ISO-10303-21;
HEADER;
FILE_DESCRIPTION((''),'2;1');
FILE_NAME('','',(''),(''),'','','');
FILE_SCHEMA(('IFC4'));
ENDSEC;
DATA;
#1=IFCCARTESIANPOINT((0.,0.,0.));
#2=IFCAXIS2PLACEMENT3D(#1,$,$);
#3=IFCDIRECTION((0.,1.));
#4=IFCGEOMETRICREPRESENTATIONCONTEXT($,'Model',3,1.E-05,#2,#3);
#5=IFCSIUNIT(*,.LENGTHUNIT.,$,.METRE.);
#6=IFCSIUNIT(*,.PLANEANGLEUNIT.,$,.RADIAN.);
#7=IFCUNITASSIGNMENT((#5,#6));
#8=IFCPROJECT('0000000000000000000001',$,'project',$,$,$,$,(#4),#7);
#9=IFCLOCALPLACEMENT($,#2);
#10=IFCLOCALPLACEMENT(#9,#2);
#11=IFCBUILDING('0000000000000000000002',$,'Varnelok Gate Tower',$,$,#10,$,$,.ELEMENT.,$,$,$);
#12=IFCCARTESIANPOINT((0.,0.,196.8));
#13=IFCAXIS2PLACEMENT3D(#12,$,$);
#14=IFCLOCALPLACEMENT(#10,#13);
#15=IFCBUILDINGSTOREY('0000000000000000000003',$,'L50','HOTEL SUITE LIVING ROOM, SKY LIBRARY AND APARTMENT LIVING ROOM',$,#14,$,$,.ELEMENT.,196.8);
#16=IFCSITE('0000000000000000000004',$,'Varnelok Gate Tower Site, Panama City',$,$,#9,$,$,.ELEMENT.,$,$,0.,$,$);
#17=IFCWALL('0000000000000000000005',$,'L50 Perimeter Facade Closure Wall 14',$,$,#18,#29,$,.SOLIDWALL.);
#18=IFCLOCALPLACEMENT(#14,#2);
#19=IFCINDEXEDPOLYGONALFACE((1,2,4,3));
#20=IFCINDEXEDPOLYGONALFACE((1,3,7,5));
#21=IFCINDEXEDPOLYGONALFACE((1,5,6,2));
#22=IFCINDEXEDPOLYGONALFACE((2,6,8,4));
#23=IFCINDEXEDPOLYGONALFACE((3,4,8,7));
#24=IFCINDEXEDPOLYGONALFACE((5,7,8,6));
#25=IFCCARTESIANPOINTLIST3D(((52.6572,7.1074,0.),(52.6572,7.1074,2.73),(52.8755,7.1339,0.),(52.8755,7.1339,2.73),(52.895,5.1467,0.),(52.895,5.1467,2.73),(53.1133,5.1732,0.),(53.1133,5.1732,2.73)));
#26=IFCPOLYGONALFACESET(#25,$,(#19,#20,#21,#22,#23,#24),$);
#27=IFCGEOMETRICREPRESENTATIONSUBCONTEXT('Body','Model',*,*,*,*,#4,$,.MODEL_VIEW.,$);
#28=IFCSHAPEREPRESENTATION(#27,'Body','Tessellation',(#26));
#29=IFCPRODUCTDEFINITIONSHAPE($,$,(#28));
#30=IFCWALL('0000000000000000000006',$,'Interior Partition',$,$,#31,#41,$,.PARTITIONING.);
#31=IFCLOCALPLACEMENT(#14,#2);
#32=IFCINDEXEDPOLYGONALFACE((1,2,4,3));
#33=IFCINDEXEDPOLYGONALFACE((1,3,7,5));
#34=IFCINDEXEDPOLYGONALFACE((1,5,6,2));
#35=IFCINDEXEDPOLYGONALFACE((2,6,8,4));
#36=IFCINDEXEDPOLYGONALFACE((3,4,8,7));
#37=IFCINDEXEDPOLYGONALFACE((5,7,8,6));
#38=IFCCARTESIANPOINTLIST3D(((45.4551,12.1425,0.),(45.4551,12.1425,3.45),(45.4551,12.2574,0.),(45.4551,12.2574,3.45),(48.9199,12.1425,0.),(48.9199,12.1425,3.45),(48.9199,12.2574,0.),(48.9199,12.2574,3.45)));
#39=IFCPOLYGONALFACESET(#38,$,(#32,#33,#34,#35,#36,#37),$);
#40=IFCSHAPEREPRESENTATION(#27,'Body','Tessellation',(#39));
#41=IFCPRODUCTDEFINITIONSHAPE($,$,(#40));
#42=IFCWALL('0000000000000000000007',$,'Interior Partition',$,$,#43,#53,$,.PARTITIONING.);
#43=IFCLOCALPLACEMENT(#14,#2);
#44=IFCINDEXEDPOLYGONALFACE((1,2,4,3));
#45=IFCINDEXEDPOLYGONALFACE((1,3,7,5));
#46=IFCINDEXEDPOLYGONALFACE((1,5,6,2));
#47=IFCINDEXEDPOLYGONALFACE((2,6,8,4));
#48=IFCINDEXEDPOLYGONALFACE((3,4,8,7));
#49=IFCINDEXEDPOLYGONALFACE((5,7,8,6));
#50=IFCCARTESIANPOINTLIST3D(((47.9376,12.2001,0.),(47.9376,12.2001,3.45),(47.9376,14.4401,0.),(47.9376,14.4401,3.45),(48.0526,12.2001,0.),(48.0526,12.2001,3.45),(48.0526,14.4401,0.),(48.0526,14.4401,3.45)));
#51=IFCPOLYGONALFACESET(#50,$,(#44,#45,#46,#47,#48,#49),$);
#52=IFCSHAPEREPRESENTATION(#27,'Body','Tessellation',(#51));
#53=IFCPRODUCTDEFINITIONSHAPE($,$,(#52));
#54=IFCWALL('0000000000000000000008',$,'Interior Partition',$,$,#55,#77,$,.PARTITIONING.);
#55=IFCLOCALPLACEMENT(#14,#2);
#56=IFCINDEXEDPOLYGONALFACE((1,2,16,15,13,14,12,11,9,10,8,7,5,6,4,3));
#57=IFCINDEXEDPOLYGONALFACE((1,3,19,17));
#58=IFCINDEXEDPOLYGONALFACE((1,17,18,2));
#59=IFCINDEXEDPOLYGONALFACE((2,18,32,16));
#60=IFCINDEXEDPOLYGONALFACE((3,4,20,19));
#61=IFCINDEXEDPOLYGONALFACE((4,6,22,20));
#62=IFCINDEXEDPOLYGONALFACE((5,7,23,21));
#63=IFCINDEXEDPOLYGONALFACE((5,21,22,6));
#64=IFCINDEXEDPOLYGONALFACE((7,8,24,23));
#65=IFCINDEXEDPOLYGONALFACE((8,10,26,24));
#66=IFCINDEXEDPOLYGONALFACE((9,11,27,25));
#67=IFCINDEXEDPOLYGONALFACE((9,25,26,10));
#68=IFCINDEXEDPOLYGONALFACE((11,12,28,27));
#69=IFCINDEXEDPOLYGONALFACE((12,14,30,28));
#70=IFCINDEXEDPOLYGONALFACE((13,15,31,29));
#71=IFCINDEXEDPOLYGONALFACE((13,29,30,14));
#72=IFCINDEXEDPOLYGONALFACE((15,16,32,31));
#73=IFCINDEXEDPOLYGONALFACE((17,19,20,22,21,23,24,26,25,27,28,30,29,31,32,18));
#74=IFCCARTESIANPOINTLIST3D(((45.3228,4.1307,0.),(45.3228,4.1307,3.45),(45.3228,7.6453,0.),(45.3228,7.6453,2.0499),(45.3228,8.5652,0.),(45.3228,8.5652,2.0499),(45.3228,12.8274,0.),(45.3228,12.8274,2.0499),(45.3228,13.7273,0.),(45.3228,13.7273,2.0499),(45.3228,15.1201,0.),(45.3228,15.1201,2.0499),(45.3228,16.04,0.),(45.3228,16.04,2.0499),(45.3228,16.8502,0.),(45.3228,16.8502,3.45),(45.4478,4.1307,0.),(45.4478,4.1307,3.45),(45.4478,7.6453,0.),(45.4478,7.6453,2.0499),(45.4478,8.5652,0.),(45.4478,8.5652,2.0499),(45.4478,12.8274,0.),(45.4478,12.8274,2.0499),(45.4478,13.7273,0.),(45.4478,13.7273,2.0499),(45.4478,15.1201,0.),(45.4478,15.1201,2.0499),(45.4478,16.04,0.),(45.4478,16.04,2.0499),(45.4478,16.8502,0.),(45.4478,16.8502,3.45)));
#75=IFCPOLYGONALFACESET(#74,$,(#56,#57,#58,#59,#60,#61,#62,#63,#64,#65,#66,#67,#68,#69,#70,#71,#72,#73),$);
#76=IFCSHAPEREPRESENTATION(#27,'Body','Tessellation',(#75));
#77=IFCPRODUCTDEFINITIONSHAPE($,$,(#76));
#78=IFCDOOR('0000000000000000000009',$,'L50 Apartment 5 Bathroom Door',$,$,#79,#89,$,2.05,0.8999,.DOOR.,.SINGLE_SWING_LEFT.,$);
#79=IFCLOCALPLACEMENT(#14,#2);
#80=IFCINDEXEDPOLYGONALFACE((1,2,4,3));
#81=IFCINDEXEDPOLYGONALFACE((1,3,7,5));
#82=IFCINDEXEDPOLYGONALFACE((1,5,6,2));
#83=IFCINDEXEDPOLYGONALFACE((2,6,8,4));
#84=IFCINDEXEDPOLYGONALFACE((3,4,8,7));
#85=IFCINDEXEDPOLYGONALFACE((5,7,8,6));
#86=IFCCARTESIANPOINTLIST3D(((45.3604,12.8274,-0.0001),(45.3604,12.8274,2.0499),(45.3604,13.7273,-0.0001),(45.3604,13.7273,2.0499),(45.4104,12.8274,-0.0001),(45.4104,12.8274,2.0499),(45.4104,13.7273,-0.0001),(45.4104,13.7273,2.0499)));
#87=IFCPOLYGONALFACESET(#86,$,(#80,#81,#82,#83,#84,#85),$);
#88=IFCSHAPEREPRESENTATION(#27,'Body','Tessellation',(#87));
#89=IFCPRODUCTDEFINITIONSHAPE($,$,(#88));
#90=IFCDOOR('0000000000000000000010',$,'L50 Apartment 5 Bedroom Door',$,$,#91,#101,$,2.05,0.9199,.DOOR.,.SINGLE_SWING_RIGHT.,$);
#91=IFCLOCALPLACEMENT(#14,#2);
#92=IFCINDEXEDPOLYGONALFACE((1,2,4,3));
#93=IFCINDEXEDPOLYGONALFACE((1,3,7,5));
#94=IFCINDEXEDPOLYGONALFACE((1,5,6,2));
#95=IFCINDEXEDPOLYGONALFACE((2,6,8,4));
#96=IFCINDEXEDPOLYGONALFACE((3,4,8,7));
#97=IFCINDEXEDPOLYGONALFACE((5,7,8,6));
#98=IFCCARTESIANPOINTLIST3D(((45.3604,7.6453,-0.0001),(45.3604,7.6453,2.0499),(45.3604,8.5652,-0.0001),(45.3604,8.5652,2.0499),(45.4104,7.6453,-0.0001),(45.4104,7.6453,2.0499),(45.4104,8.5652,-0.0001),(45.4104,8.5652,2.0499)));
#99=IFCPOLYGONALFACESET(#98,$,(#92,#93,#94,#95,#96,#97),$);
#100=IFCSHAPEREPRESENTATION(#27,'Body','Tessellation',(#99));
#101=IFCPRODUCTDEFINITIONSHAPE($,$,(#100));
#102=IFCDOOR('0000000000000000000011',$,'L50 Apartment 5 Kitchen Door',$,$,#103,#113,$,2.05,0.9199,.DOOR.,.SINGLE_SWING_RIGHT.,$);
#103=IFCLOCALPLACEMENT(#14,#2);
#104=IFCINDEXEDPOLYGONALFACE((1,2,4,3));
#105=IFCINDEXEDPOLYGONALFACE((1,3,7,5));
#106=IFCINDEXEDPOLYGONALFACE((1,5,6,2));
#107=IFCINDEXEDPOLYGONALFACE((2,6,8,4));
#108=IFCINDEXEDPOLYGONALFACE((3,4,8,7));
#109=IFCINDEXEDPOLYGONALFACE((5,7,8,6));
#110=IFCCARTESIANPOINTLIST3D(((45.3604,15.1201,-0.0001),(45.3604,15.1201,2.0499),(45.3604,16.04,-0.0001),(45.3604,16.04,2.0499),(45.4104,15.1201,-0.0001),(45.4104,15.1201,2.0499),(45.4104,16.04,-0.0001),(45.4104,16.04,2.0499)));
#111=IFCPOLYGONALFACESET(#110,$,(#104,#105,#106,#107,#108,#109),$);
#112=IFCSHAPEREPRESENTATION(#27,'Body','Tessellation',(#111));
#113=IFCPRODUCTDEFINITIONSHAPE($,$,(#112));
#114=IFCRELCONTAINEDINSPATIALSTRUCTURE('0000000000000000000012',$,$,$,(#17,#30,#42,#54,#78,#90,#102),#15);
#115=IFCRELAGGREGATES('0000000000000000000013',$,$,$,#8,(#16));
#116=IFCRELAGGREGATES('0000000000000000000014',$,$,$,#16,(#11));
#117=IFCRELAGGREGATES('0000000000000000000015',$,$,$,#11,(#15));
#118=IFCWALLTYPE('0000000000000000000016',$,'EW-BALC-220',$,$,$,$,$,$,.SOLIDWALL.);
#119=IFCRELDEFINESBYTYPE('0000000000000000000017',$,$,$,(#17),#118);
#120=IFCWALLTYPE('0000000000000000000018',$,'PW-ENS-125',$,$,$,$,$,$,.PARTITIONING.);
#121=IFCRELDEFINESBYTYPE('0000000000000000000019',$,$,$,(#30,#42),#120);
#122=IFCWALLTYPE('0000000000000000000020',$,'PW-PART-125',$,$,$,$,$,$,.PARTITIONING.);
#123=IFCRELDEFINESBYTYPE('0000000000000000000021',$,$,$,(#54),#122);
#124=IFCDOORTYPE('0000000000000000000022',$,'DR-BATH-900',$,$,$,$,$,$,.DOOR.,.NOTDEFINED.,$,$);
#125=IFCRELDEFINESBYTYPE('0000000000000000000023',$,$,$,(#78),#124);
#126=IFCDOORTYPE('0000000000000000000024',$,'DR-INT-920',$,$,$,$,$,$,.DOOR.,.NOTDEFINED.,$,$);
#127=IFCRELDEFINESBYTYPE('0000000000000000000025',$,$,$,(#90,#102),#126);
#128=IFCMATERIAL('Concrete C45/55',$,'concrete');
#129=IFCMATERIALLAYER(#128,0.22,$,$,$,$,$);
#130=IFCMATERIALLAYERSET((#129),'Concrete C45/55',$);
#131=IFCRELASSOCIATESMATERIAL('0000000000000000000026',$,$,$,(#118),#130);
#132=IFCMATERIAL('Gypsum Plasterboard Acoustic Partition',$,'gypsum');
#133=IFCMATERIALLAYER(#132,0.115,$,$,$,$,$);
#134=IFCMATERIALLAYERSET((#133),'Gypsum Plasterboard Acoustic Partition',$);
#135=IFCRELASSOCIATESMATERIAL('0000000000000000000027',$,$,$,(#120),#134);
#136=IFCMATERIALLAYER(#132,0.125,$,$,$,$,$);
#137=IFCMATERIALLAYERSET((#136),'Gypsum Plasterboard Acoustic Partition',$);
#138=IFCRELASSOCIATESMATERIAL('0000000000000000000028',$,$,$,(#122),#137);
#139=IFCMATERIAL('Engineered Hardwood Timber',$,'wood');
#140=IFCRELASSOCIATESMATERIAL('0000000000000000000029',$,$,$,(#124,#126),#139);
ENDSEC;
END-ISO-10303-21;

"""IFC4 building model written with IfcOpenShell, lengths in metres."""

from ifc_helpers import new_model, si_unit, direction, frame, frame_2d, origin, place, context, subcontext, project, spatial, rectangle, extrude, material, layer, layer_set, type_object, element, fill, save


model = new_model("IFC4")

# Units and contexts
model_context = context("Model", 3, precision=1e-05, world=origin(), true_north=direction((0.0, 1.0)))
body_context = subcontext(model_context, "Body", "Model", "MODEL_VIEW")
ifc_project = project(units=[si_unit("LENGTHUNIT", "METRE"), si_unit("PLANEANGLEUNIT", "RADIAN")], contexts=[model_context])

# Site, building, storey
site_placement = place(None, origin())
site = spatial("IfcSite", under=ifc_project, at=site_placement, Name="Varnelok Gate Tower Site, Panama City", CompositionType="ELEMENT", RefElevation=0.0)
building_placement = place(site_placement, origin())
building = spatial("IfcBuilding", under=site, at=building_placement, Name="Varnelok Gate Tower", CompositionType="ELEMENT")
storey_placement = place(building_placement, frame((0.0, 0.0, 196.8)))
storey = spatial("IfcBuildingStorey", under=building, at=storey_placement, Name="L50", Description="HOTEL SUITE LIVING ROOM, SKY LIBRARY AND APARTMENT LIVING ROOM", CompositionType="ELEMENT", Elevation=196.8)

# Shared definitions
ifc_material_1 = material(Name="Concrete C45/55", Category="concrete")
ifc_layer_1 = layer(ifc_material_1, 0.22)
ifc_layer_set_1 = layer_set([ifc_layer_1], Name="Concrete C45/55")
wall_type_1 = type_object("IfcWallType", Name="EW-BALC-220", PredefinedType="SOLIDWALL", material=ifc_layer_set_1)

# Walls
wall_1_placement = place(storey_placement, frame((53.0042, 5.1599, 0.0), z_axis=(0.0, 0.0, 1.0), x_axis=(-0.120398, 0.992726, 0.0)))
element("IfcWall", 1, at=wall_1_placement, inside=storey, type_object=wall_type_1, Name="L50 Perimeter Facade Closure Wall 14", PredefinedType="SOLIDWALL", context=body_context, shape_type="SweptSolid", body=[
    extrude(rectangle(XDim=1.9751, YDim=0.22, at=frame_2d((0.9875, 0.0))), origin(), (0.0, 0.0, 1.0), 2.73),
])
ifc_material_2 = material(Name="Gypsum Plasterboard Acoustic Partition", Category="gypsum")
ifc_layer_2 = layer(ifc_material_2, 0.115)
ifc_layer_set_2 = layer_set([ifc_layer_2], Name="Gypsum Plasterboard Acoustic Partition")
wall_type_2 = type_object("IfcWallType", Name="PW-ENS-125", PredefinedType="PARTITIONING", material=ifc_layer_set_2)
wall_2_placement = place(storey_placement, frame((45.4551, 12.2, 0.0), z_axis=(0.0, 0.0, 1.0), x_axis=(1.0, 0.0, 0.0)))
element("IfcWall", 2, at=wall_2_placement, inside=storey, type_object=wall_type_2, Name="Interior Partition", PredefinedType="PARTITIONING", context=body_context, shape_type="SweptSolid", body=[
    extrude(rectangle(XDim=3.4648, YDim=0.115, at=frame_2d((1.7324, 0.0))), origin(), (0.0, 0.0, 1.0), 3.45),
])
wall_3_placement = place(storey_placement, frame((47.9951, 12.2, 0.0), z_axis=(0.0, 0.0, 1.0), x_axis=(0.0, 1.0, 0.0)))
element("IfcWall", 3, at=wall_3_placement, inside=storey, type_object=wall_type_2, Name="Interior Partition", PredefinedType="PARTITIONING", context=body_context, shape_type="SweptSolid", body=[
    extrude(rectangle(XDim=2.24, YDim=0.115, at=frame_2d((1.1201, 0.0))), origin(), (0.0, 0.0, 1.0), 3.45),
])

# Wall, openings, doors
ifc_layer_3 = layer(ifc_material_2, 0.125)
ifc_layer_set_3 = layer_set([ifc_layer_3], Name="Gypsum Plasterboard Acoustic Partition")
wall_type_3 = type_object("IfcWallType", Name="PW-PART-125", PredefinedType="PARTITIONING", material=ifc_layer_set_3)
wall_4_placement = place(storey_placement, frame((45.3853, 4.1306, 0.0), z_axis=(0.0, 0.0, 1.0), x_axis=(0.0, 1.0, 0.0)))
wall_4 = element("IfcWall", 4, at=wall_4_placement, inside=storey, type_object=wall_type_3, Name="Interior Partition", PredefinedType="PARTITIONING", context=body_context, shape_type="SweptSolid", body=[
    extrude(rectangle(XDim=12.7195, YDim=0.125, at=frame_2d((6.3599, 0.0))), origin(), (0.0, 0.0, 1.0), 3.45),
])
opening_1_placement = place(wall_4_placement, frame((3.5146, 0.0, 0.0)))
opening_1 = element("IfcOpeningElement", 5, at=opening_1_placement, cuts=wall_4, PredefinedType="OPENING", context=body_context, shape_type="SweptSolid", body=[
    extrude(rectangle(XDim=0.9199, YDim=2.05, at=frame_2d((0.46, 1.0249))), frame((0.0, 0.0725, 0.0), z_axis=(0.0, -1.0, 0.0), x_axis=(1.0, 0.0, 0.0)), (0.0, 0.0, 1.0), 0.145),
])
opening_2_placement = place(wall_4_placement, frame((8.6968, 0.0, 0.0)))
opening_2 = element("IfcOpeningElement", 6, at=opening_2_placement, cuts=wall_4, PredefinedType="OPENING", context=body_context, shape_type="SweptSolid", body=[
    extrude(rectangle(XDim=0.8999, YDim=2.05, at=frame_2d((0.45, 1.0249))), frame((0.0, 0.0725, 0.0), z_axis=(0.0, -1.0, 0.0), x_axis=(1.0, 0.0, 0.0)), (0.0, 0.0, 1.0), 0.145),
])
opening_3_placement = place(wall_4_placement, frame((10.9895, 0.0, 0.0)))
opening_3 = element("IfcOpeningElement", 7, at=opening_3_placement, cuts=wall_4, PredefinedType="OPENING", context=body_context, shape_type="SweptSolid", body=[
    extrude(rectangle(XDim=0.9199, YDim=2.05, at=frame_2d((0.46, 1.0249))), frame((0.0, 0.0725, 0.0), z_axis=(0.0, -1.0, 0.0), x_axis=(1.0, 0.0, 0.0)), (0.0, 0.0, 1.0), 0.145),
])
ifc_material_3 = material(Name="Engineered Hardwood Timber", Category="wood")
door_type_1 = type_object("IfcDoorType", Name="DR-BATH-900", OperationType="NOTDEFINED", PredefinedType="DOOR", material=ifc_material_3)
door_1_placement = place(opening_2_placement, origin())
door_1 = element("IfcDoor", 8, at=door_1_placement, inside=storey, type_object=door_type_1, Name="L50 Apartment 5 Bathroom Door", OperationType="SINGLE_SWING_LEFT", OverallHeight=2.05, OverallWidth=0.8999, PredefinedType="DOOR", context=body_context, shape_type="SweptSolid", body=[
    extrude(rectangle(XDim=0.8999, YDim=2.05, at=frame_2d((0.45, 1.0249))), frame((0.0, 0.0249, 0.0), z_axis=(0.0, -1.0, 0.0), x_axis=(1.0, 0.0, 0.0)), (0.0, 0.0, 1.0), 0.05),
])
fill(opening_2, door_1)
door_type_2 = type_object("IfcDoorType", Name="DR-INT-920", OperationType="NOTDEFINED", PredefinedType="DOOR", material=ifc_material_3)
door_2_placement = place(opening_1_placement, origin())
door_2 = element("IfcDoor", 9, at=door_2_placement, inside=storey, type_object=door_type_2, Name="L50 Apartment 5 Bedroom Door", OperationType="SINGLE_SWING_RIGHT", OverallHeight=2.05, OverallWidth=0.9199, PredefinedType="DOOR", context=body_context, shape_type="SweptSolid", body=[
    extrude(rectangle(XDim=0.9199, YDim=2.05, at=frame_2d((0.46, 1.0249))), frame((0.0, 0.0249, 0.0), z_axis=(0.0, -1.0, 0.0), x_axis=(1.0, 0.0, 0.0)), (0.0, 0.0, 1.0), 0.05),
])
fill(opening_1, door_2)
door_3_placement = place(opening_3_placement, origin())
door_3 = element("IfcDoor", 10, at=door_3_placement, inside=storey, type_object=door_type_2, Name="L50 Apartment 5 Kitchen Door", OperationType="SINGLE_SWING_RIGHT", OverallHeight=2.05, OverallWidth=0.9199, PredefinedType="DOOR", context=body_context, shape_type="SweptSolid", body=[
    extrude(rectangle(XDim=0.9199, YDim=2.05, at=frame_2d((0.46, 1.0249))), frame((0.0, 0.0249, 0.0), z_axis=(0.0, -1.0, 0.0), x_axis=(1.0, 0.0, 0.0)), (0.0, 0.0, 1.0), 0.05),
])
fill(opening_3, door_3)

save(model, "model.ifc")
